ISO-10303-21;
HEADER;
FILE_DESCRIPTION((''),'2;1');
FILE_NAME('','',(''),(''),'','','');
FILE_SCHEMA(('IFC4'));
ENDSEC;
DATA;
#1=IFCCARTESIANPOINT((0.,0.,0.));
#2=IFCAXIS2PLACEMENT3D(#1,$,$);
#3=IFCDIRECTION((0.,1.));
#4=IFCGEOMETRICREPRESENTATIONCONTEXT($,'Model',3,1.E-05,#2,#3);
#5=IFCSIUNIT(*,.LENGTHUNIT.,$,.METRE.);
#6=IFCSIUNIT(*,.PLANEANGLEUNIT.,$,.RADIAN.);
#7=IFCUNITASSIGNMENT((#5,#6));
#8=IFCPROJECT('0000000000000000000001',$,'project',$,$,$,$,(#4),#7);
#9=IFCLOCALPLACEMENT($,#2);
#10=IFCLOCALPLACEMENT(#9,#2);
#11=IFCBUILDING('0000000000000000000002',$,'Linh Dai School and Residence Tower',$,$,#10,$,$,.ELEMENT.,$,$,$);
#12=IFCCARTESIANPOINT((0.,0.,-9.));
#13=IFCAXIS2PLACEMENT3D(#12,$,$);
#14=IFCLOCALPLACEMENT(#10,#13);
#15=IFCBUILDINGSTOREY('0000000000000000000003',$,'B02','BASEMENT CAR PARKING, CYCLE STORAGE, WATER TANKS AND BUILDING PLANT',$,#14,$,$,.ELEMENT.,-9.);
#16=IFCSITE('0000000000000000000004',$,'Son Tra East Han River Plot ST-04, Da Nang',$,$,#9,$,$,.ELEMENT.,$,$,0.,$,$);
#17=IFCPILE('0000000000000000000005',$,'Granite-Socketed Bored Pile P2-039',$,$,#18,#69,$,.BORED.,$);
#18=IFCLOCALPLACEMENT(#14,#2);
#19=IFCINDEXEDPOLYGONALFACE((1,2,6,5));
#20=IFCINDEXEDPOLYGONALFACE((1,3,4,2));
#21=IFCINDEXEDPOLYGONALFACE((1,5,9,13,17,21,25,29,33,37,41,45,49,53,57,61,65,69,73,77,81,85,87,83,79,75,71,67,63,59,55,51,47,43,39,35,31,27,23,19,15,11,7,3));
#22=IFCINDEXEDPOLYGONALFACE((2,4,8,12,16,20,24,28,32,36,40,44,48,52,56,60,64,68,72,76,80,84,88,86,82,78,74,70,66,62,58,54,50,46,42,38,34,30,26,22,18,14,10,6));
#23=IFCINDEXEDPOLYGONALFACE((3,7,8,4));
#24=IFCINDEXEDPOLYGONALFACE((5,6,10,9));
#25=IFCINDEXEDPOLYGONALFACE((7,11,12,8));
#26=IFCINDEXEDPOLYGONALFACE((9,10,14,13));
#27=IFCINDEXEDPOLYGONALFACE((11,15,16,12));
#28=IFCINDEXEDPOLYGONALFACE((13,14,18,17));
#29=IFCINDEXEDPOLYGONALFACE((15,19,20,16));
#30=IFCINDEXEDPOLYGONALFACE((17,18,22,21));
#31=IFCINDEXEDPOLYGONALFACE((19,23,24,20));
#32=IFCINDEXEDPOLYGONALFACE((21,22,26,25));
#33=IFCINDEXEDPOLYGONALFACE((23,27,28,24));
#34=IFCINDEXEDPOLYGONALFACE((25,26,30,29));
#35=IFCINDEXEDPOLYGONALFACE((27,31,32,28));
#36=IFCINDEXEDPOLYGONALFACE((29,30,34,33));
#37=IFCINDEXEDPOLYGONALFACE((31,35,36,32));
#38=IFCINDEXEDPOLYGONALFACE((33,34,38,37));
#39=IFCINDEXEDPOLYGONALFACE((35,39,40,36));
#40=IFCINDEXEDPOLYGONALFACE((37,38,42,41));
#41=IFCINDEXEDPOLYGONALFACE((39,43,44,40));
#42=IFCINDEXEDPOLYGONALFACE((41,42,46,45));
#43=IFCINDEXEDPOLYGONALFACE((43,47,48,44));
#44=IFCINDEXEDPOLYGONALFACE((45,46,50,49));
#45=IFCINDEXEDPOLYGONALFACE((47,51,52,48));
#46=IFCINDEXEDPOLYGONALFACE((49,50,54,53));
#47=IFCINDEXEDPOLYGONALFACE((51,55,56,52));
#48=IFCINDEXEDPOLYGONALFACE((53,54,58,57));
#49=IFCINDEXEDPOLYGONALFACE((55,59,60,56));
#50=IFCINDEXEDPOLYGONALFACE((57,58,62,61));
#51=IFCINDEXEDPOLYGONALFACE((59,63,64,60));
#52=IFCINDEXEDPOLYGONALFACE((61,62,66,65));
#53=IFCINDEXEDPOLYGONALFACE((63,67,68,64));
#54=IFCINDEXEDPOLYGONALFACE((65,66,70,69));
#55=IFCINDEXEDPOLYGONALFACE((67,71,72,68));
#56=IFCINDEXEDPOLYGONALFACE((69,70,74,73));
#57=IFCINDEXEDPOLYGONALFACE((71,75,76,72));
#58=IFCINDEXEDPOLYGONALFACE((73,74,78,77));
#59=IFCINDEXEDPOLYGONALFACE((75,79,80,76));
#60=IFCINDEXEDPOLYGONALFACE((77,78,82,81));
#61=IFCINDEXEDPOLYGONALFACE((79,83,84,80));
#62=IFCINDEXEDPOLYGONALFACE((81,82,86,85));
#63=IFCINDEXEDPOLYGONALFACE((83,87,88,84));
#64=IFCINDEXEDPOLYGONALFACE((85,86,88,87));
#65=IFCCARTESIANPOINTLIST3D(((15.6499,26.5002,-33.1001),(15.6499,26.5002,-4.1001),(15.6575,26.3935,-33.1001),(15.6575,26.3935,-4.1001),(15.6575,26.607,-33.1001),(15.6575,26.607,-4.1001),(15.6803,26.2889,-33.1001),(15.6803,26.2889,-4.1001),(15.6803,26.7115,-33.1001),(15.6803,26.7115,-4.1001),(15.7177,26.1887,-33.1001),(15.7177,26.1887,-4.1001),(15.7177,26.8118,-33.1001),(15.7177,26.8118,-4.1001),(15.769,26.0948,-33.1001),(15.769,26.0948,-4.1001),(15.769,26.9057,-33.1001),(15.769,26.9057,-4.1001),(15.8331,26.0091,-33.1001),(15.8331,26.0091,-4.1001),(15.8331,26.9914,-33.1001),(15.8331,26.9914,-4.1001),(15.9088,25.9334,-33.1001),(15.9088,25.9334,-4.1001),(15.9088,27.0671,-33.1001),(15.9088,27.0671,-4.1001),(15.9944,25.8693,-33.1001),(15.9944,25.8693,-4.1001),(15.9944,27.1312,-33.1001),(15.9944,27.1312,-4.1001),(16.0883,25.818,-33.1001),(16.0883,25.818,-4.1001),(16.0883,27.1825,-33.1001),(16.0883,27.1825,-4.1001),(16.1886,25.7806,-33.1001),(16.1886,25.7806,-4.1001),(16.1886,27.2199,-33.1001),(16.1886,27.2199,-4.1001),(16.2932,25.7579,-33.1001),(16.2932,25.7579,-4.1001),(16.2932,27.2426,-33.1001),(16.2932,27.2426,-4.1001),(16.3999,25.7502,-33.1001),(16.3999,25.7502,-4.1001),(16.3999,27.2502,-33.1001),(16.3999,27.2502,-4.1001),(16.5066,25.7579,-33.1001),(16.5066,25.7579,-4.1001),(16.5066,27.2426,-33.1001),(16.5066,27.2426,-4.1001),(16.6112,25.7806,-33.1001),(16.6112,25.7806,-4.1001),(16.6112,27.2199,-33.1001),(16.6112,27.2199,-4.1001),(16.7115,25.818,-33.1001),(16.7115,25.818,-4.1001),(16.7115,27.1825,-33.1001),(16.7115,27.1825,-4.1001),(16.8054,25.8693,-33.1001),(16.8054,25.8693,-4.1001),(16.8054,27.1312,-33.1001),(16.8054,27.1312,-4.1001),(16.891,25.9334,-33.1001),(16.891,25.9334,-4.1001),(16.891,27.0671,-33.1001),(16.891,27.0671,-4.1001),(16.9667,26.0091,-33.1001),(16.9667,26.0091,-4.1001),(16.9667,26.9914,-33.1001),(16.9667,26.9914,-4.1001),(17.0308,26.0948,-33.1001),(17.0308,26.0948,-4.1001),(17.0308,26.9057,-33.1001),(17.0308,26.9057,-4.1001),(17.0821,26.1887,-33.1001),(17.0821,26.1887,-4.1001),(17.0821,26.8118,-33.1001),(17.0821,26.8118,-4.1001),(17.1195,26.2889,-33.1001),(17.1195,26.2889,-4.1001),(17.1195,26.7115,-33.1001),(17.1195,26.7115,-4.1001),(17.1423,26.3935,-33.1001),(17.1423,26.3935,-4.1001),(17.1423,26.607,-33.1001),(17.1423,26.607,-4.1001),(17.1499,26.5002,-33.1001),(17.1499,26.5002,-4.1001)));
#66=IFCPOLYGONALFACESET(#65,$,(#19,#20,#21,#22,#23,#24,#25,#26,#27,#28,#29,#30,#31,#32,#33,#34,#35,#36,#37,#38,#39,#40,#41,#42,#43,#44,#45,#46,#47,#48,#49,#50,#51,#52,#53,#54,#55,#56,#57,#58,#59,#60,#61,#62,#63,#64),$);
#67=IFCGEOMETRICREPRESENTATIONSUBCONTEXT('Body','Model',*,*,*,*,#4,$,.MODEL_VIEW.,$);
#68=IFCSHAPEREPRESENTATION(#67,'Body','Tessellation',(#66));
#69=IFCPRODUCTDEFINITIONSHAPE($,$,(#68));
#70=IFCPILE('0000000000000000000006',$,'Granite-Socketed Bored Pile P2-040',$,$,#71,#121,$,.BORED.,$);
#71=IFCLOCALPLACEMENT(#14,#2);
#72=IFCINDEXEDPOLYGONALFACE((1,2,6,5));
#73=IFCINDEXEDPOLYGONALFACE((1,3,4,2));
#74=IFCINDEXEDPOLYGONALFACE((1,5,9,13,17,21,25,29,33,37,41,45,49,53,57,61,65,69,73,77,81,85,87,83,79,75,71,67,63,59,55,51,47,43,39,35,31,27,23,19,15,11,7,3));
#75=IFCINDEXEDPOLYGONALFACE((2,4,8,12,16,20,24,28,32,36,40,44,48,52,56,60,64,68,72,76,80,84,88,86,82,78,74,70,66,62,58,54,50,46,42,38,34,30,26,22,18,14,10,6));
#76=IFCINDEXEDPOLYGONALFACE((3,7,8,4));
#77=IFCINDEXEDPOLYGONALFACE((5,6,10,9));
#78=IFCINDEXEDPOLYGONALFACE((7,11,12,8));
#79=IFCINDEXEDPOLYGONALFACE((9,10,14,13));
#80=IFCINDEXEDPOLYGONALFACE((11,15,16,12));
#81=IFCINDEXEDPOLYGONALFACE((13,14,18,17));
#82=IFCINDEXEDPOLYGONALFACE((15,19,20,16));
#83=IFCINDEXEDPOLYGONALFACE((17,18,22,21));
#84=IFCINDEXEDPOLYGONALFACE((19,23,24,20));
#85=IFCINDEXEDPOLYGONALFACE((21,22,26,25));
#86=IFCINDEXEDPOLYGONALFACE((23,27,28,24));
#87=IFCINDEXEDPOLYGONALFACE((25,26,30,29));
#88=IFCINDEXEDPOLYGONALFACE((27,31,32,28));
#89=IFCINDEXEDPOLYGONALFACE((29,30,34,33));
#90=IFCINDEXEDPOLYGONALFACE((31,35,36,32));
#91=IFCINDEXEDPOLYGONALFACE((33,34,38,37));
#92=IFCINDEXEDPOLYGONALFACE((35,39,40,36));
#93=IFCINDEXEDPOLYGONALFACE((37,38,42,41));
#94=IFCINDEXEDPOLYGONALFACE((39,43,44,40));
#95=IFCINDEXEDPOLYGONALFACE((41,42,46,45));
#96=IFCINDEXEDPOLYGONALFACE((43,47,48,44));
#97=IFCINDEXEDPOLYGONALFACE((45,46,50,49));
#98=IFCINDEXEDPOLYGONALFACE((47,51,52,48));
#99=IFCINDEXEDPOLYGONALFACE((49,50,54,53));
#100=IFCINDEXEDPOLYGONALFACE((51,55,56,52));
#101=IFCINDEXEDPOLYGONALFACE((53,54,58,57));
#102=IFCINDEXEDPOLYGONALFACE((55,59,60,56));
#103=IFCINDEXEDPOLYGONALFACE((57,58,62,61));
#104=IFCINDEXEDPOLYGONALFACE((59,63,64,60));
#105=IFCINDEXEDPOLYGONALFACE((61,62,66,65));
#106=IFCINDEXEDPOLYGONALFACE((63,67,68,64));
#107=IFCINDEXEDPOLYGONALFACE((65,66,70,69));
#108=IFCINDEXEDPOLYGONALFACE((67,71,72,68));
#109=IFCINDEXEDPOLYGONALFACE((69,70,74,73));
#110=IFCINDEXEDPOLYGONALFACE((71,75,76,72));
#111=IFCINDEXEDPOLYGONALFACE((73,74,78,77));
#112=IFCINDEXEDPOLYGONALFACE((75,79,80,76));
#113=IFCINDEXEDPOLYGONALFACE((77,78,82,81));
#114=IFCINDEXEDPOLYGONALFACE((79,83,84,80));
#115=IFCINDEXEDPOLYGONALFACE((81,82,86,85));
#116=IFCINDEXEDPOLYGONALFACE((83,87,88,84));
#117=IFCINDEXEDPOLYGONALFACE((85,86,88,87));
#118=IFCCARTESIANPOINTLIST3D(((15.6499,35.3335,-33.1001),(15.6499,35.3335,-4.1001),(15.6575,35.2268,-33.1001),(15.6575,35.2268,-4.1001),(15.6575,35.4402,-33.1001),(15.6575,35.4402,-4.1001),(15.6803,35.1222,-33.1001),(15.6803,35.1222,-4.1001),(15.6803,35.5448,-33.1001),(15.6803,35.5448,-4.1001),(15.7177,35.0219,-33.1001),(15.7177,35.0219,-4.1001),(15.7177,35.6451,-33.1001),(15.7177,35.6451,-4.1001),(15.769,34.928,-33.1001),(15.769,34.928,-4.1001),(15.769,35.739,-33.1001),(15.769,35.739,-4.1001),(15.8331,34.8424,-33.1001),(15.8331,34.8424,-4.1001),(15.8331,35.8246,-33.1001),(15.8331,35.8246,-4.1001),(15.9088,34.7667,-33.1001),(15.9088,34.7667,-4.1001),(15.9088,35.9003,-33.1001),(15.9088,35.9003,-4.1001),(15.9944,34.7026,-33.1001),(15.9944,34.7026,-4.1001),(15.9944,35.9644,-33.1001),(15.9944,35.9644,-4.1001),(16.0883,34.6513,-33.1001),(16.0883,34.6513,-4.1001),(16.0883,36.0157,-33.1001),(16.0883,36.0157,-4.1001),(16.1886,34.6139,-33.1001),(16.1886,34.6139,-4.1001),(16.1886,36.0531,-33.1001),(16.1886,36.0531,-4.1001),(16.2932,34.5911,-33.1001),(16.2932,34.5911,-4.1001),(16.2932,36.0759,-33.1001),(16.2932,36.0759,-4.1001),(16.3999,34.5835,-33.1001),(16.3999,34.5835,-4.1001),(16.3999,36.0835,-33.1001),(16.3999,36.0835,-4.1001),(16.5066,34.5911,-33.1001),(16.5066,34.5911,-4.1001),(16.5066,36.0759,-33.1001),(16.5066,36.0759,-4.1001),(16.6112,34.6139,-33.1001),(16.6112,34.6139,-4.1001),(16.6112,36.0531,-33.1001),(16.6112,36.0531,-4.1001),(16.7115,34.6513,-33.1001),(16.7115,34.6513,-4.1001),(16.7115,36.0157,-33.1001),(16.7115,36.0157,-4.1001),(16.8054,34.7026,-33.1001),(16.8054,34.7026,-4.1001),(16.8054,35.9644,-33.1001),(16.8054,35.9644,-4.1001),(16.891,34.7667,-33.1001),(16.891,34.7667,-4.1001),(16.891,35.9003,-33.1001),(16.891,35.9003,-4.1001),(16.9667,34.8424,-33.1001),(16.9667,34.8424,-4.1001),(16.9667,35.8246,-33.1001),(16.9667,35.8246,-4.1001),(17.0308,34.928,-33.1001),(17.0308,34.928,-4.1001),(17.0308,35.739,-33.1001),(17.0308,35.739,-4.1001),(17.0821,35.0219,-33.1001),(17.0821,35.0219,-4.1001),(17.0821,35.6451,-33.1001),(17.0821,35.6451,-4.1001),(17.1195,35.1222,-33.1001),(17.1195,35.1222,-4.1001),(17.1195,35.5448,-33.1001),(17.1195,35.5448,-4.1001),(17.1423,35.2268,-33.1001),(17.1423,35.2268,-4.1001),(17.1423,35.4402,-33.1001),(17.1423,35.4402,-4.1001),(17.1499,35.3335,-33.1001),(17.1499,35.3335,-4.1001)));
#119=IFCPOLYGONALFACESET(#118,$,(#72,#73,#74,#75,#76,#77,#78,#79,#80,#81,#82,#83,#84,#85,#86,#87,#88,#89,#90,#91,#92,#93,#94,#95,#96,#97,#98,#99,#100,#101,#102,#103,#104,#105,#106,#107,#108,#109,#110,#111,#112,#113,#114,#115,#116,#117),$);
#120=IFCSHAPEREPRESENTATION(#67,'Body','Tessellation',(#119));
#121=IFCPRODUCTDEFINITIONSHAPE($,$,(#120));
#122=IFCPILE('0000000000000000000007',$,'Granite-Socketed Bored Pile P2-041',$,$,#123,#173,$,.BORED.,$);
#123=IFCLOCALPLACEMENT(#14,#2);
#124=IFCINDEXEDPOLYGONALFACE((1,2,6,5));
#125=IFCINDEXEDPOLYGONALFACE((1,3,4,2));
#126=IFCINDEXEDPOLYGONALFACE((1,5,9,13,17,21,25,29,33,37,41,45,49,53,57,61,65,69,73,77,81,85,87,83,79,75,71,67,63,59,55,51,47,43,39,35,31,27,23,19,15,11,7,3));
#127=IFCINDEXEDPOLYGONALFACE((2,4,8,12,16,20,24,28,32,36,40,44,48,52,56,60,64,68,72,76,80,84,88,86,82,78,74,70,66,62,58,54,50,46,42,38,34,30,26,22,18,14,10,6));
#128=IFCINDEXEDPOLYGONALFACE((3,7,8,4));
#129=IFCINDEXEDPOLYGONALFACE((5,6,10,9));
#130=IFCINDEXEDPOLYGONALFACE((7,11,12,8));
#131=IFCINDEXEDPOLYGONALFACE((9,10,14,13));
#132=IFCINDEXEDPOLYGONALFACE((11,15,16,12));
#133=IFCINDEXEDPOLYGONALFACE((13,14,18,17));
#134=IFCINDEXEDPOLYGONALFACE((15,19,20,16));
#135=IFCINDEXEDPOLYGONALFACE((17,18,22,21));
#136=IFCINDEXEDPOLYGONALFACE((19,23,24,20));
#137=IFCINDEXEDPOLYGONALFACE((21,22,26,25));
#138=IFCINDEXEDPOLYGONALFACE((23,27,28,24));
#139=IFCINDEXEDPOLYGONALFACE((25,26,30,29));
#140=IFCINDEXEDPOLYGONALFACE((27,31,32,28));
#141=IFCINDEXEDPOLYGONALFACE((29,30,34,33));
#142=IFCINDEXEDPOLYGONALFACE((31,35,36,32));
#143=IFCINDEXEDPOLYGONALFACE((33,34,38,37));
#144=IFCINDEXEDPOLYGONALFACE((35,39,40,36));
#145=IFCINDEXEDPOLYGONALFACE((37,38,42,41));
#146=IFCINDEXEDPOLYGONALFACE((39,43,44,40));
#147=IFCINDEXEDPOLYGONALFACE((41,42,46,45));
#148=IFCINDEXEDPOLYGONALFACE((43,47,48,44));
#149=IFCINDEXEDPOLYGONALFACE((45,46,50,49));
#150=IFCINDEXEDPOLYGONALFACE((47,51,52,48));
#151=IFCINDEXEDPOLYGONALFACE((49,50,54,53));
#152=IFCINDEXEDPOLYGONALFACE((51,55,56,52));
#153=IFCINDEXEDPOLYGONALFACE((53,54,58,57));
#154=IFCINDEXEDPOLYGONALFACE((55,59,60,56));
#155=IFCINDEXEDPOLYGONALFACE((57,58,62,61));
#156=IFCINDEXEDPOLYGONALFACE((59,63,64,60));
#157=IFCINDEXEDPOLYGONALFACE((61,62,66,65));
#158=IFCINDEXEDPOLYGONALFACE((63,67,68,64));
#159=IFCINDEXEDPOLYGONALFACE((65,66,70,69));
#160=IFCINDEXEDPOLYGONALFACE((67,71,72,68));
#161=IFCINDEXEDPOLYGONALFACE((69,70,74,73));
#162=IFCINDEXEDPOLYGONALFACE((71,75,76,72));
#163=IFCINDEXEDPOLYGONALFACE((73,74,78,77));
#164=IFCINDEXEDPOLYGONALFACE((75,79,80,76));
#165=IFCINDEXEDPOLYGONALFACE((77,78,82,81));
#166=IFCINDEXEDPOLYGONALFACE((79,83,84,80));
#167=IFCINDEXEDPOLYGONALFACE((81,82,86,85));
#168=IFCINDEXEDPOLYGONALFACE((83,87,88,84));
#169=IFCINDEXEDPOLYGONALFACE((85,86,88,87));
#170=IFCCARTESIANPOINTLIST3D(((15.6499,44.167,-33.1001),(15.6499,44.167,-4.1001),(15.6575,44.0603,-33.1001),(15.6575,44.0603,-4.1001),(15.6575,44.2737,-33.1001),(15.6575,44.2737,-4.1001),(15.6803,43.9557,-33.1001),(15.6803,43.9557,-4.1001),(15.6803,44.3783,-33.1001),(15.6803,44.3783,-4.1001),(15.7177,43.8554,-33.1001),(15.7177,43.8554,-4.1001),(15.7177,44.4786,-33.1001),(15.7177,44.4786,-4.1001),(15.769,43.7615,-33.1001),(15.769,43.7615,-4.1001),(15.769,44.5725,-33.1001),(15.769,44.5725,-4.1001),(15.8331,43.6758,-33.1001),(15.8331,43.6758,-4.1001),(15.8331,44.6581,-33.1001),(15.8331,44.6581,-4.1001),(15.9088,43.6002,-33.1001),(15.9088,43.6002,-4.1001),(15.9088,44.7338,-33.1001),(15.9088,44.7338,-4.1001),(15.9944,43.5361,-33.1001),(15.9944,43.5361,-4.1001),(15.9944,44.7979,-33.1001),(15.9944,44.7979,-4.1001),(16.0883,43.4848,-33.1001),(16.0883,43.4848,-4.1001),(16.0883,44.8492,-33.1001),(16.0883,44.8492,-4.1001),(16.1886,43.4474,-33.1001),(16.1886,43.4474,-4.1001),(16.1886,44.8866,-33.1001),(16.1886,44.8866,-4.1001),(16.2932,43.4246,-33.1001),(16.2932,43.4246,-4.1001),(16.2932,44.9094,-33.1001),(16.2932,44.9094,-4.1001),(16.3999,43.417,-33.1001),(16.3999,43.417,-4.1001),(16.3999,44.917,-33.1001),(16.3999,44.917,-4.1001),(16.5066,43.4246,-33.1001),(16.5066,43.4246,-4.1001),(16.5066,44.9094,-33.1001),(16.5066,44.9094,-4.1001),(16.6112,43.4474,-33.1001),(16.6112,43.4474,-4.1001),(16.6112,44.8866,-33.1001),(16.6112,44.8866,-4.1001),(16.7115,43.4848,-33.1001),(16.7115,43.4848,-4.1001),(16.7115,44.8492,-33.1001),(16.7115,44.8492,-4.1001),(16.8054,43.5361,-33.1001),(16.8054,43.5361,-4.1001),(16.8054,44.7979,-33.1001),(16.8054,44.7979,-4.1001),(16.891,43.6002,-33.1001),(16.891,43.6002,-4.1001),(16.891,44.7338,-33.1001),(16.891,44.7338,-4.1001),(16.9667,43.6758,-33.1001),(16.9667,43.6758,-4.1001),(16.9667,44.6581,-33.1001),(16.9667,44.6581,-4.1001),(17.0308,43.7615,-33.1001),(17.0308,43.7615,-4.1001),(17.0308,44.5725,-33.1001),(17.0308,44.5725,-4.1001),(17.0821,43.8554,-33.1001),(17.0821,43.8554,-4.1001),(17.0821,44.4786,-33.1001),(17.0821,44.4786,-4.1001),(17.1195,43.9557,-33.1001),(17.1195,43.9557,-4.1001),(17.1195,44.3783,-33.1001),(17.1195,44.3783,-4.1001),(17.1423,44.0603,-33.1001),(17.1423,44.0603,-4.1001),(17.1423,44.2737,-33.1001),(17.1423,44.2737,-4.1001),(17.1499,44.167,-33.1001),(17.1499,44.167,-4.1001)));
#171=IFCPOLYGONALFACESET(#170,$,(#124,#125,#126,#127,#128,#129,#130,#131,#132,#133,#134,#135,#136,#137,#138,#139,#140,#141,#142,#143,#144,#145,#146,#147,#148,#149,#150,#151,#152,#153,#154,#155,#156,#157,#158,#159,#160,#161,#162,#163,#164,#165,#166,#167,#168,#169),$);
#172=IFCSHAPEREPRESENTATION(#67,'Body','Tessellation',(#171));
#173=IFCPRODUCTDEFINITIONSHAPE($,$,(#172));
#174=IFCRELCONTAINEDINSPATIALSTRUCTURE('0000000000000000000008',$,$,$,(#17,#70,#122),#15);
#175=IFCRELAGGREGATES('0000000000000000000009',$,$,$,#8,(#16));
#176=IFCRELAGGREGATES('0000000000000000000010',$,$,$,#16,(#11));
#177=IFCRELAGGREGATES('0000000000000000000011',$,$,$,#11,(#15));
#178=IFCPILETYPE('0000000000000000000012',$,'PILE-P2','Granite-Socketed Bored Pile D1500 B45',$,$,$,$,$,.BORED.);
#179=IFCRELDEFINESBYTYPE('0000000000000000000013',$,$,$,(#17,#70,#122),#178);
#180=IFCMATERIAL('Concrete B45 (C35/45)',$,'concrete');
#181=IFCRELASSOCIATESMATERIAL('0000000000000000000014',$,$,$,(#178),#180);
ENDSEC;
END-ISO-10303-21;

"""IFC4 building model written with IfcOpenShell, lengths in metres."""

from ifc_helpers import new_model, si_unit, direction, frame, origin, origin_2d, place, context, subcontext, project, spatial, circle, extrude, material, material_profile, profile_set, type_object, element, save


model = new_model("IFC4")

# Units and contexts
model_context = context("Model", 3, precision=1e-05, world=origin(), true_north=direction((0.0, 1.0)))
body_context = subcontext(model_context, "Body", "Model", "MODEL_VIEW")
ifc_project = project(units=[si_unit("LENGTHUNIT", "METRE"), si_unit("PLANEANGLEUNIT", "RADIAN")], contexts=[model_context])

# Site, building, storey
site_placement = place(None, origin())
site = spatial("IfcSite", under=ifc_project, at=site_placement, Name="Son Tra East Han River Plot ST-04, Da Nang", CompositionType="ELEMENT", RefElevation=0.0)
building_placement = place(site_placement, origin())
building = spatial("IfcBuilding", under=site, at=building_placement, Name="Linh Dai School and Residence Tower", CompositionType="ELEMENT")
storey_placement = place(building_placement, frame((0.0, 0.0, -9.0)))
storey = spatial("IfcBuildingStorey", under=building, at=storey_placement, Name="B02", Description="BASEMENT CAR PARKING, CYCLE STORAGE, WATER TANKS AND BUILDING PLANT", CompositionType="ELEMENT", Elevation=-9.0)

# Piles
ifc_material_1 = material(Name="Concrete B45 (C35/45)", Category="concrete")
ifc_material_profile_1 = material_profile(ifc_material_1, circle(Radius=0.75, at=origin_2d()), Name="PILE D1500")
ifc_profile_set_1 = profile_set([ifc_material_profile_1], Name="Concrete B45 (C35/45)")
pile_type_1 = type_object("IfcPileType", Name="PILE-P2", Description="Granite-Socketed Bored Pile D1500 B45", PredefinedType="BORED", material=ifc_profile_set_1)
for number, where, z_axis, x_axis, name in (
    (1, (16.3999, 26.5002, -4.1001), (0.0, 0.0, -1.0), (1.0, 0.0, 0.0), "Granite-Socketed Bored Pile P2-039"),
    (2, (16.3999, 35.3335, -4.1001), (0.0, 0.0, -1.0), (1.0, 0.0, 0.0), "Granite-Socketed Bored Pile P2-040"),
    (3, (16.3999, 44.167, -4.1001), (0.0, 0.0, -1.0), (1.0, 0.0, 0.0), "Granite-Socketed Bored Pile P2-041"),
):
    element("IfcPile", number, at=place(storey_placement, frame(where, z_axis=z_axis, x_axis=x_axis)), inside=storey, type_object=pile_type_1, Name=name, PredefinedType="BORED", context=body_context, shape_type="SweptSolid", body=[
        extrude(circle(Radius=0.75, at=origin_2d()), origin(), (0.0, 0.0, 1.0), 29.0),
    ])

save(model, "model.ifc")
